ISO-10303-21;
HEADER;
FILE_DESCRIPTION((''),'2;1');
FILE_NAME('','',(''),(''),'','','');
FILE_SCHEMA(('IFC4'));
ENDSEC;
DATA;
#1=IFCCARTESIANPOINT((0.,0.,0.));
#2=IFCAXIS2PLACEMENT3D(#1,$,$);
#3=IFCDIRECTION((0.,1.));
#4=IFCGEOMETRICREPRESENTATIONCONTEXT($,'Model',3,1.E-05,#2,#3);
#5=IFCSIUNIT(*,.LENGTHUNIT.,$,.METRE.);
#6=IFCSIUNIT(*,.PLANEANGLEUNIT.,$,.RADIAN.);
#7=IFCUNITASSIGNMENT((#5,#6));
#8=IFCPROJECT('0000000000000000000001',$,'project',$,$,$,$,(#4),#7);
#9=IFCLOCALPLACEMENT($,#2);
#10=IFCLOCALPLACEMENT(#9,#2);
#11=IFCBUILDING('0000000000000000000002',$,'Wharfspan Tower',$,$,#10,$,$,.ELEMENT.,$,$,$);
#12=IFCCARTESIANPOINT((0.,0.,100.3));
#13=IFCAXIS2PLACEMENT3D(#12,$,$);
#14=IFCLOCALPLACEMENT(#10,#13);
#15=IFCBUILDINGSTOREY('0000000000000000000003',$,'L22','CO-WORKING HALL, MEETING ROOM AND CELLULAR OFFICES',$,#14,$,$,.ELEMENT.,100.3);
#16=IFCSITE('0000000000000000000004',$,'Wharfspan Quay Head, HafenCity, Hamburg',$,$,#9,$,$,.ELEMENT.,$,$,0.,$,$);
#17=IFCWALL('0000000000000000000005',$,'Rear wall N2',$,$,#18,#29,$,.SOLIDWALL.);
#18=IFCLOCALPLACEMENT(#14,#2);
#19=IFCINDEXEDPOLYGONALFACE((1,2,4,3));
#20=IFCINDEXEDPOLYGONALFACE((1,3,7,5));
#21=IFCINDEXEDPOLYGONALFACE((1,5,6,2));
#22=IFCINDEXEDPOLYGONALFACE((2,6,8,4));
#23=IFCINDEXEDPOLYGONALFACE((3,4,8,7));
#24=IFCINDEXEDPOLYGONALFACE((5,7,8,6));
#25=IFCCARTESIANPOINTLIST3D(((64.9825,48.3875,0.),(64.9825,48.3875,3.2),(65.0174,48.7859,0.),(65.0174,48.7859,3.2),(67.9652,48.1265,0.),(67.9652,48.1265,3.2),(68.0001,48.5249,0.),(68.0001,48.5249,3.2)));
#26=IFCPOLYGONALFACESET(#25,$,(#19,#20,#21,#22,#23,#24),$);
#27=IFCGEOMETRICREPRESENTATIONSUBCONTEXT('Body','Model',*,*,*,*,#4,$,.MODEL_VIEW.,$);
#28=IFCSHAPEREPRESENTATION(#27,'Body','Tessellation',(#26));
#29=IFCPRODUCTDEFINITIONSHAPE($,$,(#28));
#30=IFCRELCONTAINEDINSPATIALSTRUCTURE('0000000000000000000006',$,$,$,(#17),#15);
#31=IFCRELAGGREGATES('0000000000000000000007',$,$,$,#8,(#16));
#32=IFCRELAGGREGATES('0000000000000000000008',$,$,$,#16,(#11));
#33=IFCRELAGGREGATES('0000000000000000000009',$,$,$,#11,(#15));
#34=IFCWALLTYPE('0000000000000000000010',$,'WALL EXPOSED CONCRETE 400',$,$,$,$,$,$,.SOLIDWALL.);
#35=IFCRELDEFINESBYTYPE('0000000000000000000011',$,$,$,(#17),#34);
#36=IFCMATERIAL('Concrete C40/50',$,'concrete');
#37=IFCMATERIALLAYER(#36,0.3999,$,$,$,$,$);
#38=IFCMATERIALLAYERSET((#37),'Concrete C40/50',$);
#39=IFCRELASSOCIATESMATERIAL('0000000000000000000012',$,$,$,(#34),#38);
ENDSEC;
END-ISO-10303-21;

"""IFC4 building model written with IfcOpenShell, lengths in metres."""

from ifc_helpers import new_model, si_unit, direction, frame, frame_2d, origin, place, context, subcontext, project, spatial, rectangle, extrude, material, layer, layer_set, type_object, element, save


model = new_model("IFC4")

# Units and contexts
model_context = context("Model", 3, precision=1e-05, world=origin(), true_north=direction((0.0, 1.0)))
body_context = subcontext(model_context, "Body", "Model", "MODEL_VIEW")
ifc_project = project(units=[si_unit("LENGTHUNIT", "METRE"), si_unit("PLANEANGLEUNIT", "RADIAN")], contexts=[model_context])

# Site, building, storey
site_placement = place(None, origin())
site = spatial("IfcSite", under=ifc_project, at=site_placement, Name="Wharfspan Quay Head, HafenCity, Hamburg", CompositionType="ELEMENT", RefElevation=0.0)
building_placement = place(site_placement, origin())
building = spatial("IfcBuilding", under=site, at=building_placement, Name="Wharfspan Tower", CompositionType="ELEMENT")
storey_placement = place(building_placement, frame((0.0, 0.0, 100.3)))
storey = spatial("IfcBuildingStorey", under=building, at=storey_placement, Name="L22", Description="CO-WORKING HALL, MEETING ROOM AND CELLULAR OFFICES", CompositionType="ELEMENT", Elevation=100.3)

# Wall
ifc_material_1 = material(Name="Concrete C40/50", Category="concrete")
ifc_layer_1 = layer(ifc_material_1, 0.3999)
ifc_layer_set_1 = layer_set([ifc_layer_1], Name="Concrete C40/50")
wall_type_1 = type_object("IfcWallType", Name="WALL EXPOSED CONCRETE 400", PredefinedType="SOLIDWALL", material=ifc_layer_set_1)
wall_1_placement = place(storey_placement, frame((67.9827, 48.3257, 0.0), z_axis=(0.0, 0.0, 1.0), x_axis=(-0.996194, 0.087168, 0.0)))
element("IfcWall", 1, at=wall_1_placement, inside=storey, type_object=wall_type_1, Name="Rear wall N2", PredefinedType="SOLIDWALL", context=body_context, shape_type="SweptSolid", body=[
    extrude(rectangle(XDim=2.9941, YDim=0.3999, at=frame_2d((1.4971, 0.0))), origin(), (0.0, 0.0, 1.0), 3.2),
])

save(model, "model.ifc")
